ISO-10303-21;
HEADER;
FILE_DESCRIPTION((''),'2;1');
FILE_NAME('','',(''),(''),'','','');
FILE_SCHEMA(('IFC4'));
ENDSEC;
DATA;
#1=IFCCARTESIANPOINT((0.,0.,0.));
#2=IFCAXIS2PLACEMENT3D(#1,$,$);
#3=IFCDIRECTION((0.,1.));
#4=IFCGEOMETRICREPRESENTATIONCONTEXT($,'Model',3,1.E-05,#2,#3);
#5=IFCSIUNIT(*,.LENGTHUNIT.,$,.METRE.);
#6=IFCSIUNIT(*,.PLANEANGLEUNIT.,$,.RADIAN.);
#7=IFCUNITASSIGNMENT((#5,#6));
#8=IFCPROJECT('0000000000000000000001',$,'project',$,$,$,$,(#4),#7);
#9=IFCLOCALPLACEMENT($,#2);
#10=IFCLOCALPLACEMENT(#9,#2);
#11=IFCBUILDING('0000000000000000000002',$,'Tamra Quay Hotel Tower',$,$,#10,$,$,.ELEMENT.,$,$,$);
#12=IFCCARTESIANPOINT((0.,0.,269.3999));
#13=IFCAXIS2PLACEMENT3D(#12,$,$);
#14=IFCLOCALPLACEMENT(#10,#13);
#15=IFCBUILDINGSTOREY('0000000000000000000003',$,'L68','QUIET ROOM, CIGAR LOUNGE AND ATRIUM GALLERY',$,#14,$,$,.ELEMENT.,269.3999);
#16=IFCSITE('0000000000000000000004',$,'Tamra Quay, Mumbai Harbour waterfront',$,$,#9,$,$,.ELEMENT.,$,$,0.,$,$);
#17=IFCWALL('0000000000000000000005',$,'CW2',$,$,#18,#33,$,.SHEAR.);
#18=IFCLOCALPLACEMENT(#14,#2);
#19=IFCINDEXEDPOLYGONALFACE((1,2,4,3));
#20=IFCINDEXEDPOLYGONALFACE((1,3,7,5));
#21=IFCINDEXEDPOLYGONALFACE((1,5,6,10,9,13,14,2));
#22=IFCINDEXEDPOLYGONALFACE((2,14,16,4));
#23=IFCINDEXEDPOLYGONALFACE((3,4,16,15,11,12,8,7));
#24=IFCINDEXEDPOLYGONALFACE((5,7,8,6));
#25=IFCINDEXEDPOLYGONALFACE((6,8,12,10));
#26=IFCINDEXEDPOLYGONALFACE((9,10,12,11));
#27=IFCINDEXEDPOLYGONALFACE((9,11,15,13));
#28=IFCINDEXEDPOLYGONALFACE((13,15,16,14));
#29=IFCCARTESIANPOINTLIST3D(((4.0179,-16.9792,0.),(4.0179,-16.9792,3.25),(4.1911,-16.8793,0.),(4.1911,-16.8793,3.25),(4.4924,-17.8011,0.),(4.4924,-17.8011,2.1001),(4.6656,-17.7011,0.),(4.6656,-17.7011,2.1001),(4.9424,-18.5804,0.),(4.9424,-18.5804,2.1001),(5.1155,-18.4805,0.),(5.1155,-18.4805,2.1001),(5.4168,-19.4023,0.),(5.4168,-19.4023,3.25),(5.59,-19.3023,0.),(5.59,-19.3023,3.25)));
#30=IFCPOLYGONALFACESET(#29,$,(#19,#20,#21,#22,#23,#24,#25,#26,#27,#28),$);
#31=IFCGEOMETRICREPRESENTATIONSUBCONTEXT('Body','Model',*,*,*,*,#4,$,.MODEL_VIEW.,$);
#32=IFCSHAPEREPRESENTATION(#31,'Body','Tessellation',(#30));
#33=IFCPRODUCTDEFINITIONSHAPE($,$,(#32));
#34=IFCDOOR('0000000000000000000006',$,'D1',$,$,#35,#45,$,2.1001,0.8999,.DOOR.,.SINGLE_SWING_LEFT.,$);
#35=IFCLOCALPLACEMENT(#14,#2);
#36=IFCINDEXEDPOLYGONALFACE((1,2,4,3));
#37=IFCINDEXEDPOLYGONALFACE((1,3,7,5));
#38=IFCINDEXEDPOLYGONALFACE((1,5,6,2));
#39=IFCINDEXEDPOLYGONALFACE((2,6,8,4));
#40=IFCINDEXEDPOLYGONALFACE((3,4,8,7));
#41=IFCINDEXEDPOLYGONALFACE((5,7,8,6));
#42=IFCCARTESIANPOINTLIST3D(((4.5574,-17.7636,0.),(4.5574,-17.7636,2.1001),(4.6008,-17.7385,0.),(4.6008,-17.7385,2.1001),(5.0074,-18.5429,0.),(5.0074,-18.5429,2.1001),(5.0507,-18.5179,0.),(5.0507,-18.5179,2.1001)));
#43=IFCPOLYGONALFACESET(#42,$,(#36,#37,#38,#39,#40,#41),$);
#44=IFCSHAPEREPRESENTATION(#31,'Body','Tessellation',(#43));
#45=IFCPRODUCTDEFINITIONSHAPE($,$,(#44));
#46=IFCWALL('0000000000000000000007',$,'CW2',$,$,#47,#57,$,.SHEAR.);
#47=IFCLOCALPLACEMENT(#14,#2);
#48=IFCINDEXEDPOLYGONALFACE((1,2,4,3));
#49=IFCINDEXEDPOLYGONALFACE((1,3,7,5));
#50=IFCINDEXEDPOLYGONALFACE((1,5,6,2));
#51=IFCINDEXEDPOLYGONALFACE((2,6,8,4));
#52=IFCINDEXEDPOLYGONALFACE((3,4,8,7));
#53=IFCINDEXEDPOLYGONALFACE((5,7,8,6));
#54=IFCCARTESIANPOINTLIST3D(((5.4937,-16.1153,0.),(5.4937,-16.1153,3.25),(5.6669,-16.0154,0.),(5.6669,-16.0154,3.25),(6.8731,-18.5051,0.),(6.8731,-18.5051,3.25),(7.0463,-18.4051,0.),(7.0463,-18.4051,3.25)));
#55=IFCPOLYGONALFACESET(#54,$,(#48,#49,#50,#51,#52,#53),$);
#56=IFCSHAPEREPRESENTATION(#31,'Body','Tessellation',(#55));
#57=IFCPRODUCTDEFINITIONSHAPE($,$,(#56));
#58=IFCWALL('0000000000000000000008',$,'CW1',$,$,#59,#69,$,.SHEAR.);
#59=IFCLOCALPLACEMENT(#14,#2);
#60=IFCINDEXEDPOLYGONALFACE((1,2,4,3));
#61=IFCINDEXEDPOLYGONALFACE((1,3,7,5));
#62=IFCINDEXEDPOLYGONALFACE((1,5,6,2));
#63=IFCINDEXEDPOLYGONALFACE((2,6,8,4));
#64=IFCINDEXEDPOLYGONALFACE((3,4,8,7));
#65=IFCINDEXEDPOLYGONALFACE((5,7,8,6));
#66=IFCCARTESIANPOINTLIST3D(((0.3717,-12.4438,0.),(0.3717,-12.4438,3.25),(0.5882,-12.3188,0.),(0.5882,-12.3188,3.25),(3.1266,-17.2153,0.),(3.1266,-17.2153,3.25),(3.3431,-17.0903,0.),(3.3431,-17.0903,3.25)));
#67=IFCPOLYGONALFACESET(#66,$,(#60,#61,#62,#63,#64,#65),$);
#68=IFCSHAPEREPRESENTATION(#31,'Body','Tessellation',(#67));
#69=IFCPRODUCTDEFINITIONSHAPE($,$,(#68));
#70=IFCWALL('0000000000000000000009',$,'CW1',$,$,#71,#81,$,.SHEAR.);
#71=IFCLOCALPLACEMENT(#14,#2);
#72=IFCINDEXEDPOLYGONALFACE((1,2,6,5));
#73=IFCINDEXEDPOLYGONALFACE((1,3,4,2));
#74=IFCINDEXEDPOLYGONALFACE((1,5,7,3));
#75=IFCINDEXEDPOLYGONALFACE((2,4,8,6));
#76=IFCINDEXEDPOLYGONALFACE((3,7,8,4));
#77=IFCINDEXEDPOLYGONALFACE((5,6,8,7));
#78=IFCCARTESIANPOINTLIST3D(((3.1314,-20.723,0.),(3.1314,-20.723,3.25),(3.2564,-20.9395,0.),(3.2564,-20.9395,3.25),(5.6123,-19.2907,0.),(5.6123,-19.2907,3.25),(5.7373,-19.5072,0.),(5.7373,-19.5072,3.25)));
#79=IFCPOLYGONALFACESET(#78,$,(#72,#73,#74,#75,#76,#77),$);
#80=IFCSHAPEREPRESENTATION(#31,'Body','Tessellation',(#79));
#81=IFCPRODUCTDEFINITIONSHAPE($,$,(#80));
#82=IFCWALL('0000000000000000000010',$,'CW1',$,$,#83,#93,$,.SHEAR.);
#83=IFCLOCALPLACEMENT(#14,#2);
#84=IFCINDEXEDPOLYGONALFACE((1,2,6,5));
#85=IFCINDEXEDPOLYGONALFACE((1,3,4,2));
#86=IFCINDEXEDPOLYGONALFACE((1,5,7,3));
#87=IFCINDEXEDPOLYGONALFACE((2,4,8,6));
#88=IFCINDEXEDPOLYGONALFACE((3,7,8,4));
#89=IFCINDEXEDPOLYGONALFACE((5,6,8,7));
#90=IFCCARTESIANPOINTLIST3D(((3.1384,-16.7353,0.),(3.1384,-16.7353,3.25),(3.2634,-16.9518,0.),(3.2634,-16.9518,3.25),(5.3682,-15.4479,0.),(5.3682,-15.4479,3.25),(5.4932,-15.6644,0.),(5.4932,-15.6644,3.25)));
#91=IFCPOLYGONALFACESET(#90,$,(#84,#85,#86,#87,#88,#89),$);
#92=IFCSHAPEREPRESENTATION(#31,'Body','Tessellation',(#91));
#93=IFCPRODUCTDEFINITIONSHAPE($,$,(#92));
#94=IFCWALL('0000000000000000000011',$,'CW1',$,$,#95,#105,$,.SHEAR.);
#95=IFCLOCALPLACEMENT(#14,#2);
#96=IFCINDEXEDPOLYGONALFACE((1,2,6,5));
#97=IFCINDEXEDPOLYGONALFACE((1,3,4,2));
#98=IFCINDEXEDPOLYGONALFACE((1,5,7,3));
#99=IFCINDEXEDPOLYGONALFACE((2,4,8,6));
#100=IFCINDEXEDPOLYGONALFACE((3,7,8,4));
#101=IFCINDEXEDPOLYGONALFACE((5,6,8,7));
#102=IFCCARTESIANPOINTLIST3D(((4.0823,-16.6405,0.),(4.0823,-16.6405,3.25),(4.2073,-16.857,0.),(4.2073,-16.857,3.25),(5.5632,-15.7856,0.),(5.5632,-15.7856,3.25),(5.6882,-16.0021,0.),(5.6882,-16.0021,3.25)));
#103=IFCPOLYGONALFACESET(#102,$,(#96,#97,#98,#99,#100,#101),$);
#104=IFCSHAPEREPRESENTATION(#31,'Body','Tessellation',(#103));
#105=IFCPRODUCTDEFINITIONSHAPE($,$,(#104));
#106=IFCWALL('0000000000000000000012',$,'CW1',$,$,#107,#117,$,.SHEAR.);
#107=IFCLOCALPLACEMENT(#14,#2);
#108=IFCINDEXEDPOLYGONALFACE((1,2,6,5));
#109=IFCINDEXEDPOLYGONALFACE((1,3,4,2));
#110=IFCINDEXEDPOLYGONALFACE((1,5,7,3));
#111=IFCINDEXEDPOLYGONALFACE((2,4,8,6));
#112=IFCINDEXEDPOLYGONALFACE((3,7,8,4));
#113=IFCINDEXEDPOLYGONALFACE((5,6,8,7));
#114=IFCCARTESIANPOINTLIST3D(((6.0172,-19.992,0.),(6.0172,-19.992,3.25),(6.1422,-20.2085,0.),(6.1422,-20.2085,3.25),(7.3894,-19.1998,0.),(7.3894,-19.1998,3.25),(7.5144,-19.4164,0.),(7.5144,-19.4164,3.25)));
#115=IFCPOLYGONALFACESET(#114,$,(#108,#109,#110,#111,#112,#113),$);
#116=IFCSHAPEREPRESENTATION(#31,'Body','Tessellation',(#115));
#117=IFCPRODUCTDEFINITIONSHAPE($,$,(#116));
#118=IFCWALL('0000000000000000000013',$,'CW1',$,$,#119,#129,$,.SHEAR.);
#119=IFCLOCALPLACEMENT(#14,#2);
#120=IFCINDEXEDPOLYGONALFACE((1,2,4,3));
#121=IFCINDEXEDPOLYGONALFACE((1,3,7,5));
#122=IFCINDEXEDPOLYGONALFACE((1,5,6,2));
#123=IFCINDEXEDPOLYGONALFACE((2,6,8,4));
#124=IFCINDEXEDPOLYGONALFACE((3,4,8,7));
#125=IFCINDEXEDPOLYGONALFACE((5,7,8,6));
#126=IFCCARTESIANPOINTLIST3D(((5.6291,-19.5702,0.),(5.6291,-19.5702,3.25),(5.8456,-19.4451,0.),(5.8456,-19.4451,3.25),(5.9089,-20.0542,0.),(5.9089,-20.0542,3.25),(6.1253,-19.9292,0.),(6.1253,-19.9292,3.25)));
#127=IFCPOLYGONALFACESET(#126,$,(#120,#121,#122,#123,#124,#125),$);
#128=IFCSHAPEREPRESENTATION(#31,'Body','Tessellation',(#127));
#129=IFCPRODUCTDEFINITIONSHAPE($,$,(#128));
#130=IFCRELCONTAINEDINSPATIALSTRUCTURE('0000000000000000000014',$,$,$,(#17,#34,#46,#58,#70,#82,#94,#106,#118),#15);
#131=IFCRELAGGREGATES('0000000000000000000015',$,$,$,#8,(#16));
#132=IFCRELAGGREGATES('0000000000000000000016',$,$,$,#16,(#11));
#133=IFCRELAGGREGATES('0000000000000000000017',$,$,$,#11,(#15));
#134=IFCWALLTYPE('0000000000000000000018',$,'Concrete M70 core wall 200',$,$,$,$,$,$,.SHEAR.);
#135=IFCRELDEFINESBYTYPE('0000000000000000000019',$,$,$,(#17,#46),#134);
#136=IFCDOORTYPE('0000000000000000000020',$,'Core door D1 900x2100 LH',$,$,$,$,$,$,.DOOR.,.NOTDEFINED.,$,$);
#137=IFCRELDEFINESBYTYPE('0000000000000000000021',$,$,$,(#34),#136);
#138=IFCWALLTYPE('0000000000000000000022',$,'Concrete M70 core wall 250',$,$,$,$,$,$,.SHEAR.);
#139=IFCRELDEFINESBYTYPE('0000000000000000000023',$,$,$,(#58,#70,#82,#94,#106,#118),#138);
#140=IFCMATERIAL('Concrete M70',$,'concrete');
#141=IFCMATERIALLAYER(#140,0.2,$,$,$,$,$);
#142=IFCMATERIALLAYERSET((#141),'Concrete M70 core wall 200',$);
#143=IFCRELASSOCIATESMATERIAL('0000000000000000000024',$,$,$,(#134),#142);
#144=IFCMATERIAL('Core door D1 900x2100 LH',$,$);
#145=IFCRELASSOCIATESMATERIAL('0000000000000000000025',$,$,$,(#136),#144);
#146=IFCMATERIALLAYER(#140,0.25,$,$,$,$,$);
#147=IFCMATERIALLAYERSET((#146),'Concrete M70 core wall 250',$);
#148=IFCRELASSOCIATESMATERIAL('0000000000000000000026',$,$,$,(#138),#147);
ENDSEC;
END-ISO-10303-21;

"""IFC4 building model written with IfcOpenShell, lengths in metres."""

from ifc_helpers import new_model, si_unit, direction, frame, frame_2d, origin, place, context, subcontext, project, spatial, rectangle, extrude, material, layer, layer_set, type_object, element, fill, save


model = new_model("IFC4")

# Units and contexts
model_context = context("Model", 3, precision=1e-05, world=origin(), true_north=direction((0.0, 1.0)))
body_context = subcontext(model_context, "Body", "Model", "MODEL_VIEW")
ifc_project = project(units=[si_unit("LENGTHUNIT", "METRE"), si_unit("PLANEANGLEUNIT", "RADIAN")], contexts=[model_context])

# Site, building, storey
site_placement = place(None, origin())
site = spatial("IfcSite", under=ifc_project, at=site_placement, Name="Tamra Quay, Mumbai Harbour waterfront", CompositionType="ELEMENT", RefElevation=0.0)
building_placement = place(site_placement, origin())
building = spatial("IfcBuilding", under=site, at=building_placement, Name="Tamra Quay Hotel Tower", CompositionType="ELEMENT")
storey_placement = place(building_placement, frame((0.0, 0.0, 269.3999)))
storey = spatial("IfcBuildingStorey", under=building, at=storey_placement, Name="L68", Description="QUIET ROOM, CIGAR LOUNGE AND ATRIUM GALLERY", CompositionType="ELEMENT", Elevation=269.3999)

# Shared definitions
ifc_material_1 = material(Name="Concrete M70", Category="concrete")

# Shared definitions
ifc_layer_1 = layer(ifc_material_1, 0.2)
ifc_layer_set_1 = layer_set([ifc_layer_1], Name="Concrete M70 core wall 200")
wall_type_1 = type_object("IfcWallType", Name="Concrete M70 core wall 200", PredefinedType="SHEAR", material=ifc_layer_set_1)

# Wall, opening, door
wall_1_placement = place(storey_placement, frame((5.5034, -19.3523, 0.0), z_axis=(0.0, 0.0, 1.0), x_axis=(-0.499987, 0.866033, 0.0)))
wall_1 = element("IfcWall", 1, at=wall_1_placement, inside=storey, type_object=wall_type_1, Name="CW2", PredefinedType="SHEAR", context=body_context, shape_type="SweptSolid", body=[
    extrude(rectangle(XDim=2.7979, YDim=0.2, at=frame_2d((1.3989, 0.0))), origin(), (0.0, 0.0, 1.0), 3.25),
])
opening_1_placement = place(wall_1_placement, frame((0.949, 0.0, 0.0)))
opening_1 = element("IfcOpeningElement", 2, at=opening_1_placement, cuts=wall_1, PredefinedType="OPENING", context=body_context, shape_type="SweptSolid", body=[
    extrude(rectangle(XDim=0.8999, YDim=2.1001, at=frame_2d((0.45, 1.05))), frame((0.0, 0.1099, 0.0), z_axis=(0.0, -1.0, 0.0), x_axis=(1.0, 0.0, 0.0)), (0.0, 0.0, 1.0), 0.22),
])
ifc_material_2 = material(Name="Core door D1 900x2100 LH")
door_type_1 = type_object("IfcDoorType", Name="Core door D1 900x2100 LH", OperationType="NOTDEFINED", PredefinedType="DOOR", material=ifc_material_2)
door_1_placement = place(opening_1_placement, origin())
door_1 = element("IfcDoor", 3, at=door_1_placement, inside=storey, type_object=door_type_1, Name="D1", OperationType="SINGLE_SWING_LEFT", OverallHeight=2.1001, OverallWidth=0.8999, PredefinedType="DOOR", context=body_context, shape_type="SweptSolid", body=[
    extrude(rectangle(XDim=0.8999, YDim=2.1001, at=frame_2d((0.45, 1.05))), frame((0.0, 0.0249, 0.0), z_axis=(0.0, -1.0, 0.0), x_axis=(1.0, 0.0, 0.0)), (0.0, 0.0, 1.0), 0.05),
])
fill(opening_1, door_1)

# Walls
wall_2_placement = place(storey_placement, frame((6.9597, -18.4551, 0.0), z_axis=(0.0, 0.0, 1.0), x_axis=(-0.499927, 0.866068, 0.0)))
element("IfcWall", 4, at=wall_2_placement, inside=storey, type_object=wall_type_1, Name="CW2", PredefinedType="SHEAR", context=body_context, shape_type="SweptSolid", body=[
    extrude(rectangle(XDim=2.7593, YDim=0.2, at=frame_2d((1.3796, 0.0))), origin(), (0.0, 0.0, 1.0), 3.25),
])
ifc_layer_2 = layer(ifc_material_1, 0.25)
ifc_layer_set_2 = layer_set([ifc_layer_2], Name="Concrete M70 core wall 250")
wall_type_2 = type_object("IfcWallType", Name="Concrete M70 core wall 250", PredefinedType="SHEAR", material=ifc_layer_set_2)
wall_3_placement = place(storey_placement, frame((3.2349, -17.1528, 0.0), z_axis=(0.0, 0.0, 1.0), x_axis=(-0.500009, 0.86602, 0.0)))
element("IfcWall", 5, at=wall_3_placement, inside=storey, type_object=wall_type_2, Name="CW1", PredefinedType="SHEAR", context=body_context, shape_type="SweptSolid", body=[
    extrude(rectangle(XDim=5.5098, YDim=0.25, at=frame_2d((2.7549, 0.0))), origin(), (0.0, 0.0, 1.0), 3.25),
])
wall_4_placement = place(storey_placement, frame((5.6748, -19.3989, 0.0), z_axis=(0.0, 0.0, 1.0), x_axis=(-0.866027, -0.499998, 0.0)))
element("IfcWall", 6, at=wall_4_placement, inside=storey, type_object=wall_type_2, Name="CW1", PredefinedType="SHEAR", context=body_context, shape_type="SweptSolid", body=[
    extrude(rectangle(XDim=2.8647, YDim=0.25, at=frame_2d((1.4324, 0.0))), origin(), (0.0, 0.0, 1.0), 3.25),
])
wall_5_placement = place(storey_placement, frame((5.4307, -15.5562, 0.0), z_axis=(0.0, 0.0, 1.0), x_axis=(-0.866023, -0.500004, 0.0)))
element("IfcWall", 7, at=wall_5_placement, inside=storey, type_object=wall_type_2, Name="CW1", PredefinedType="SHEAR", context=body_context, shape_type="SweptSolid", body=[
    extrude(rectangle(XDim=2.5747, YDim=0.25, at=frame_2d((1.2874, 0.0))), origin(), (0.0, 0.0, 1.0), 3.25),
])
wall_6_placement = place(storey_placement, frame((4.1448, -16.7488, 0.0), z_axis=(0.0, 0.0, 1.0), x_axis=(0.866038, 0.499978, 0.0)))
element("IfcWall", 8, at=wall_6_placement, inside=storey, type_object=wall_type_2, Name="CW1", PredefinedType="SHEAR", context=body_context, shape_type="SweptSolid", body=[
    extrude(rectangle(XDim=1.71, YDim=0.25, at=frame_2d((0.855, 0.0))), origin(), (0.0, 0.0, 1.0), 3.25),
])
wall_7_placement = place(storey_placement, frame((7.4519, -19.3081, 0.0), z_axis=(0.0, 0.0, 1.0), x_axis=(-0.866044, -0.499967, 0.0)))
element("IfcWall", 9, at=wall_7_placement, inside=storey, type_object=wall_type_2, Name="CW1", PredefinedType="SHEAR", context=body_context, shape_type="SweptSolid", body=[
    extrude(rectangle(XDim=1.5845, YDim=0.25, at=frame_2d((0.7922, 0.0))), origin(), (0.0, 0.0, 1.0), 3.25),
])
wall_8_placement = place(storey_placement, frame((6.0171, -19.9917, 0.0), z_axis=(0.0, 0.0, 1.0), x_axis=(-0.500365, 0.865815, 0.0)))
element("IfcWall", 10, at=wall_8_placement, inside=storey, type_object=wall_type_2, Name="CW1", PredefinedType="SHEAR", context=body_context, shape_type="SweptSolid", body=[
    extrude(rectangle(XDim=0.5591, YDim=0.25, at=frame_2d((0.2795, 0.0))), origin(), (0.0, 0.0, 1.0), 3.25),
])

save(model, "model.ifc")
